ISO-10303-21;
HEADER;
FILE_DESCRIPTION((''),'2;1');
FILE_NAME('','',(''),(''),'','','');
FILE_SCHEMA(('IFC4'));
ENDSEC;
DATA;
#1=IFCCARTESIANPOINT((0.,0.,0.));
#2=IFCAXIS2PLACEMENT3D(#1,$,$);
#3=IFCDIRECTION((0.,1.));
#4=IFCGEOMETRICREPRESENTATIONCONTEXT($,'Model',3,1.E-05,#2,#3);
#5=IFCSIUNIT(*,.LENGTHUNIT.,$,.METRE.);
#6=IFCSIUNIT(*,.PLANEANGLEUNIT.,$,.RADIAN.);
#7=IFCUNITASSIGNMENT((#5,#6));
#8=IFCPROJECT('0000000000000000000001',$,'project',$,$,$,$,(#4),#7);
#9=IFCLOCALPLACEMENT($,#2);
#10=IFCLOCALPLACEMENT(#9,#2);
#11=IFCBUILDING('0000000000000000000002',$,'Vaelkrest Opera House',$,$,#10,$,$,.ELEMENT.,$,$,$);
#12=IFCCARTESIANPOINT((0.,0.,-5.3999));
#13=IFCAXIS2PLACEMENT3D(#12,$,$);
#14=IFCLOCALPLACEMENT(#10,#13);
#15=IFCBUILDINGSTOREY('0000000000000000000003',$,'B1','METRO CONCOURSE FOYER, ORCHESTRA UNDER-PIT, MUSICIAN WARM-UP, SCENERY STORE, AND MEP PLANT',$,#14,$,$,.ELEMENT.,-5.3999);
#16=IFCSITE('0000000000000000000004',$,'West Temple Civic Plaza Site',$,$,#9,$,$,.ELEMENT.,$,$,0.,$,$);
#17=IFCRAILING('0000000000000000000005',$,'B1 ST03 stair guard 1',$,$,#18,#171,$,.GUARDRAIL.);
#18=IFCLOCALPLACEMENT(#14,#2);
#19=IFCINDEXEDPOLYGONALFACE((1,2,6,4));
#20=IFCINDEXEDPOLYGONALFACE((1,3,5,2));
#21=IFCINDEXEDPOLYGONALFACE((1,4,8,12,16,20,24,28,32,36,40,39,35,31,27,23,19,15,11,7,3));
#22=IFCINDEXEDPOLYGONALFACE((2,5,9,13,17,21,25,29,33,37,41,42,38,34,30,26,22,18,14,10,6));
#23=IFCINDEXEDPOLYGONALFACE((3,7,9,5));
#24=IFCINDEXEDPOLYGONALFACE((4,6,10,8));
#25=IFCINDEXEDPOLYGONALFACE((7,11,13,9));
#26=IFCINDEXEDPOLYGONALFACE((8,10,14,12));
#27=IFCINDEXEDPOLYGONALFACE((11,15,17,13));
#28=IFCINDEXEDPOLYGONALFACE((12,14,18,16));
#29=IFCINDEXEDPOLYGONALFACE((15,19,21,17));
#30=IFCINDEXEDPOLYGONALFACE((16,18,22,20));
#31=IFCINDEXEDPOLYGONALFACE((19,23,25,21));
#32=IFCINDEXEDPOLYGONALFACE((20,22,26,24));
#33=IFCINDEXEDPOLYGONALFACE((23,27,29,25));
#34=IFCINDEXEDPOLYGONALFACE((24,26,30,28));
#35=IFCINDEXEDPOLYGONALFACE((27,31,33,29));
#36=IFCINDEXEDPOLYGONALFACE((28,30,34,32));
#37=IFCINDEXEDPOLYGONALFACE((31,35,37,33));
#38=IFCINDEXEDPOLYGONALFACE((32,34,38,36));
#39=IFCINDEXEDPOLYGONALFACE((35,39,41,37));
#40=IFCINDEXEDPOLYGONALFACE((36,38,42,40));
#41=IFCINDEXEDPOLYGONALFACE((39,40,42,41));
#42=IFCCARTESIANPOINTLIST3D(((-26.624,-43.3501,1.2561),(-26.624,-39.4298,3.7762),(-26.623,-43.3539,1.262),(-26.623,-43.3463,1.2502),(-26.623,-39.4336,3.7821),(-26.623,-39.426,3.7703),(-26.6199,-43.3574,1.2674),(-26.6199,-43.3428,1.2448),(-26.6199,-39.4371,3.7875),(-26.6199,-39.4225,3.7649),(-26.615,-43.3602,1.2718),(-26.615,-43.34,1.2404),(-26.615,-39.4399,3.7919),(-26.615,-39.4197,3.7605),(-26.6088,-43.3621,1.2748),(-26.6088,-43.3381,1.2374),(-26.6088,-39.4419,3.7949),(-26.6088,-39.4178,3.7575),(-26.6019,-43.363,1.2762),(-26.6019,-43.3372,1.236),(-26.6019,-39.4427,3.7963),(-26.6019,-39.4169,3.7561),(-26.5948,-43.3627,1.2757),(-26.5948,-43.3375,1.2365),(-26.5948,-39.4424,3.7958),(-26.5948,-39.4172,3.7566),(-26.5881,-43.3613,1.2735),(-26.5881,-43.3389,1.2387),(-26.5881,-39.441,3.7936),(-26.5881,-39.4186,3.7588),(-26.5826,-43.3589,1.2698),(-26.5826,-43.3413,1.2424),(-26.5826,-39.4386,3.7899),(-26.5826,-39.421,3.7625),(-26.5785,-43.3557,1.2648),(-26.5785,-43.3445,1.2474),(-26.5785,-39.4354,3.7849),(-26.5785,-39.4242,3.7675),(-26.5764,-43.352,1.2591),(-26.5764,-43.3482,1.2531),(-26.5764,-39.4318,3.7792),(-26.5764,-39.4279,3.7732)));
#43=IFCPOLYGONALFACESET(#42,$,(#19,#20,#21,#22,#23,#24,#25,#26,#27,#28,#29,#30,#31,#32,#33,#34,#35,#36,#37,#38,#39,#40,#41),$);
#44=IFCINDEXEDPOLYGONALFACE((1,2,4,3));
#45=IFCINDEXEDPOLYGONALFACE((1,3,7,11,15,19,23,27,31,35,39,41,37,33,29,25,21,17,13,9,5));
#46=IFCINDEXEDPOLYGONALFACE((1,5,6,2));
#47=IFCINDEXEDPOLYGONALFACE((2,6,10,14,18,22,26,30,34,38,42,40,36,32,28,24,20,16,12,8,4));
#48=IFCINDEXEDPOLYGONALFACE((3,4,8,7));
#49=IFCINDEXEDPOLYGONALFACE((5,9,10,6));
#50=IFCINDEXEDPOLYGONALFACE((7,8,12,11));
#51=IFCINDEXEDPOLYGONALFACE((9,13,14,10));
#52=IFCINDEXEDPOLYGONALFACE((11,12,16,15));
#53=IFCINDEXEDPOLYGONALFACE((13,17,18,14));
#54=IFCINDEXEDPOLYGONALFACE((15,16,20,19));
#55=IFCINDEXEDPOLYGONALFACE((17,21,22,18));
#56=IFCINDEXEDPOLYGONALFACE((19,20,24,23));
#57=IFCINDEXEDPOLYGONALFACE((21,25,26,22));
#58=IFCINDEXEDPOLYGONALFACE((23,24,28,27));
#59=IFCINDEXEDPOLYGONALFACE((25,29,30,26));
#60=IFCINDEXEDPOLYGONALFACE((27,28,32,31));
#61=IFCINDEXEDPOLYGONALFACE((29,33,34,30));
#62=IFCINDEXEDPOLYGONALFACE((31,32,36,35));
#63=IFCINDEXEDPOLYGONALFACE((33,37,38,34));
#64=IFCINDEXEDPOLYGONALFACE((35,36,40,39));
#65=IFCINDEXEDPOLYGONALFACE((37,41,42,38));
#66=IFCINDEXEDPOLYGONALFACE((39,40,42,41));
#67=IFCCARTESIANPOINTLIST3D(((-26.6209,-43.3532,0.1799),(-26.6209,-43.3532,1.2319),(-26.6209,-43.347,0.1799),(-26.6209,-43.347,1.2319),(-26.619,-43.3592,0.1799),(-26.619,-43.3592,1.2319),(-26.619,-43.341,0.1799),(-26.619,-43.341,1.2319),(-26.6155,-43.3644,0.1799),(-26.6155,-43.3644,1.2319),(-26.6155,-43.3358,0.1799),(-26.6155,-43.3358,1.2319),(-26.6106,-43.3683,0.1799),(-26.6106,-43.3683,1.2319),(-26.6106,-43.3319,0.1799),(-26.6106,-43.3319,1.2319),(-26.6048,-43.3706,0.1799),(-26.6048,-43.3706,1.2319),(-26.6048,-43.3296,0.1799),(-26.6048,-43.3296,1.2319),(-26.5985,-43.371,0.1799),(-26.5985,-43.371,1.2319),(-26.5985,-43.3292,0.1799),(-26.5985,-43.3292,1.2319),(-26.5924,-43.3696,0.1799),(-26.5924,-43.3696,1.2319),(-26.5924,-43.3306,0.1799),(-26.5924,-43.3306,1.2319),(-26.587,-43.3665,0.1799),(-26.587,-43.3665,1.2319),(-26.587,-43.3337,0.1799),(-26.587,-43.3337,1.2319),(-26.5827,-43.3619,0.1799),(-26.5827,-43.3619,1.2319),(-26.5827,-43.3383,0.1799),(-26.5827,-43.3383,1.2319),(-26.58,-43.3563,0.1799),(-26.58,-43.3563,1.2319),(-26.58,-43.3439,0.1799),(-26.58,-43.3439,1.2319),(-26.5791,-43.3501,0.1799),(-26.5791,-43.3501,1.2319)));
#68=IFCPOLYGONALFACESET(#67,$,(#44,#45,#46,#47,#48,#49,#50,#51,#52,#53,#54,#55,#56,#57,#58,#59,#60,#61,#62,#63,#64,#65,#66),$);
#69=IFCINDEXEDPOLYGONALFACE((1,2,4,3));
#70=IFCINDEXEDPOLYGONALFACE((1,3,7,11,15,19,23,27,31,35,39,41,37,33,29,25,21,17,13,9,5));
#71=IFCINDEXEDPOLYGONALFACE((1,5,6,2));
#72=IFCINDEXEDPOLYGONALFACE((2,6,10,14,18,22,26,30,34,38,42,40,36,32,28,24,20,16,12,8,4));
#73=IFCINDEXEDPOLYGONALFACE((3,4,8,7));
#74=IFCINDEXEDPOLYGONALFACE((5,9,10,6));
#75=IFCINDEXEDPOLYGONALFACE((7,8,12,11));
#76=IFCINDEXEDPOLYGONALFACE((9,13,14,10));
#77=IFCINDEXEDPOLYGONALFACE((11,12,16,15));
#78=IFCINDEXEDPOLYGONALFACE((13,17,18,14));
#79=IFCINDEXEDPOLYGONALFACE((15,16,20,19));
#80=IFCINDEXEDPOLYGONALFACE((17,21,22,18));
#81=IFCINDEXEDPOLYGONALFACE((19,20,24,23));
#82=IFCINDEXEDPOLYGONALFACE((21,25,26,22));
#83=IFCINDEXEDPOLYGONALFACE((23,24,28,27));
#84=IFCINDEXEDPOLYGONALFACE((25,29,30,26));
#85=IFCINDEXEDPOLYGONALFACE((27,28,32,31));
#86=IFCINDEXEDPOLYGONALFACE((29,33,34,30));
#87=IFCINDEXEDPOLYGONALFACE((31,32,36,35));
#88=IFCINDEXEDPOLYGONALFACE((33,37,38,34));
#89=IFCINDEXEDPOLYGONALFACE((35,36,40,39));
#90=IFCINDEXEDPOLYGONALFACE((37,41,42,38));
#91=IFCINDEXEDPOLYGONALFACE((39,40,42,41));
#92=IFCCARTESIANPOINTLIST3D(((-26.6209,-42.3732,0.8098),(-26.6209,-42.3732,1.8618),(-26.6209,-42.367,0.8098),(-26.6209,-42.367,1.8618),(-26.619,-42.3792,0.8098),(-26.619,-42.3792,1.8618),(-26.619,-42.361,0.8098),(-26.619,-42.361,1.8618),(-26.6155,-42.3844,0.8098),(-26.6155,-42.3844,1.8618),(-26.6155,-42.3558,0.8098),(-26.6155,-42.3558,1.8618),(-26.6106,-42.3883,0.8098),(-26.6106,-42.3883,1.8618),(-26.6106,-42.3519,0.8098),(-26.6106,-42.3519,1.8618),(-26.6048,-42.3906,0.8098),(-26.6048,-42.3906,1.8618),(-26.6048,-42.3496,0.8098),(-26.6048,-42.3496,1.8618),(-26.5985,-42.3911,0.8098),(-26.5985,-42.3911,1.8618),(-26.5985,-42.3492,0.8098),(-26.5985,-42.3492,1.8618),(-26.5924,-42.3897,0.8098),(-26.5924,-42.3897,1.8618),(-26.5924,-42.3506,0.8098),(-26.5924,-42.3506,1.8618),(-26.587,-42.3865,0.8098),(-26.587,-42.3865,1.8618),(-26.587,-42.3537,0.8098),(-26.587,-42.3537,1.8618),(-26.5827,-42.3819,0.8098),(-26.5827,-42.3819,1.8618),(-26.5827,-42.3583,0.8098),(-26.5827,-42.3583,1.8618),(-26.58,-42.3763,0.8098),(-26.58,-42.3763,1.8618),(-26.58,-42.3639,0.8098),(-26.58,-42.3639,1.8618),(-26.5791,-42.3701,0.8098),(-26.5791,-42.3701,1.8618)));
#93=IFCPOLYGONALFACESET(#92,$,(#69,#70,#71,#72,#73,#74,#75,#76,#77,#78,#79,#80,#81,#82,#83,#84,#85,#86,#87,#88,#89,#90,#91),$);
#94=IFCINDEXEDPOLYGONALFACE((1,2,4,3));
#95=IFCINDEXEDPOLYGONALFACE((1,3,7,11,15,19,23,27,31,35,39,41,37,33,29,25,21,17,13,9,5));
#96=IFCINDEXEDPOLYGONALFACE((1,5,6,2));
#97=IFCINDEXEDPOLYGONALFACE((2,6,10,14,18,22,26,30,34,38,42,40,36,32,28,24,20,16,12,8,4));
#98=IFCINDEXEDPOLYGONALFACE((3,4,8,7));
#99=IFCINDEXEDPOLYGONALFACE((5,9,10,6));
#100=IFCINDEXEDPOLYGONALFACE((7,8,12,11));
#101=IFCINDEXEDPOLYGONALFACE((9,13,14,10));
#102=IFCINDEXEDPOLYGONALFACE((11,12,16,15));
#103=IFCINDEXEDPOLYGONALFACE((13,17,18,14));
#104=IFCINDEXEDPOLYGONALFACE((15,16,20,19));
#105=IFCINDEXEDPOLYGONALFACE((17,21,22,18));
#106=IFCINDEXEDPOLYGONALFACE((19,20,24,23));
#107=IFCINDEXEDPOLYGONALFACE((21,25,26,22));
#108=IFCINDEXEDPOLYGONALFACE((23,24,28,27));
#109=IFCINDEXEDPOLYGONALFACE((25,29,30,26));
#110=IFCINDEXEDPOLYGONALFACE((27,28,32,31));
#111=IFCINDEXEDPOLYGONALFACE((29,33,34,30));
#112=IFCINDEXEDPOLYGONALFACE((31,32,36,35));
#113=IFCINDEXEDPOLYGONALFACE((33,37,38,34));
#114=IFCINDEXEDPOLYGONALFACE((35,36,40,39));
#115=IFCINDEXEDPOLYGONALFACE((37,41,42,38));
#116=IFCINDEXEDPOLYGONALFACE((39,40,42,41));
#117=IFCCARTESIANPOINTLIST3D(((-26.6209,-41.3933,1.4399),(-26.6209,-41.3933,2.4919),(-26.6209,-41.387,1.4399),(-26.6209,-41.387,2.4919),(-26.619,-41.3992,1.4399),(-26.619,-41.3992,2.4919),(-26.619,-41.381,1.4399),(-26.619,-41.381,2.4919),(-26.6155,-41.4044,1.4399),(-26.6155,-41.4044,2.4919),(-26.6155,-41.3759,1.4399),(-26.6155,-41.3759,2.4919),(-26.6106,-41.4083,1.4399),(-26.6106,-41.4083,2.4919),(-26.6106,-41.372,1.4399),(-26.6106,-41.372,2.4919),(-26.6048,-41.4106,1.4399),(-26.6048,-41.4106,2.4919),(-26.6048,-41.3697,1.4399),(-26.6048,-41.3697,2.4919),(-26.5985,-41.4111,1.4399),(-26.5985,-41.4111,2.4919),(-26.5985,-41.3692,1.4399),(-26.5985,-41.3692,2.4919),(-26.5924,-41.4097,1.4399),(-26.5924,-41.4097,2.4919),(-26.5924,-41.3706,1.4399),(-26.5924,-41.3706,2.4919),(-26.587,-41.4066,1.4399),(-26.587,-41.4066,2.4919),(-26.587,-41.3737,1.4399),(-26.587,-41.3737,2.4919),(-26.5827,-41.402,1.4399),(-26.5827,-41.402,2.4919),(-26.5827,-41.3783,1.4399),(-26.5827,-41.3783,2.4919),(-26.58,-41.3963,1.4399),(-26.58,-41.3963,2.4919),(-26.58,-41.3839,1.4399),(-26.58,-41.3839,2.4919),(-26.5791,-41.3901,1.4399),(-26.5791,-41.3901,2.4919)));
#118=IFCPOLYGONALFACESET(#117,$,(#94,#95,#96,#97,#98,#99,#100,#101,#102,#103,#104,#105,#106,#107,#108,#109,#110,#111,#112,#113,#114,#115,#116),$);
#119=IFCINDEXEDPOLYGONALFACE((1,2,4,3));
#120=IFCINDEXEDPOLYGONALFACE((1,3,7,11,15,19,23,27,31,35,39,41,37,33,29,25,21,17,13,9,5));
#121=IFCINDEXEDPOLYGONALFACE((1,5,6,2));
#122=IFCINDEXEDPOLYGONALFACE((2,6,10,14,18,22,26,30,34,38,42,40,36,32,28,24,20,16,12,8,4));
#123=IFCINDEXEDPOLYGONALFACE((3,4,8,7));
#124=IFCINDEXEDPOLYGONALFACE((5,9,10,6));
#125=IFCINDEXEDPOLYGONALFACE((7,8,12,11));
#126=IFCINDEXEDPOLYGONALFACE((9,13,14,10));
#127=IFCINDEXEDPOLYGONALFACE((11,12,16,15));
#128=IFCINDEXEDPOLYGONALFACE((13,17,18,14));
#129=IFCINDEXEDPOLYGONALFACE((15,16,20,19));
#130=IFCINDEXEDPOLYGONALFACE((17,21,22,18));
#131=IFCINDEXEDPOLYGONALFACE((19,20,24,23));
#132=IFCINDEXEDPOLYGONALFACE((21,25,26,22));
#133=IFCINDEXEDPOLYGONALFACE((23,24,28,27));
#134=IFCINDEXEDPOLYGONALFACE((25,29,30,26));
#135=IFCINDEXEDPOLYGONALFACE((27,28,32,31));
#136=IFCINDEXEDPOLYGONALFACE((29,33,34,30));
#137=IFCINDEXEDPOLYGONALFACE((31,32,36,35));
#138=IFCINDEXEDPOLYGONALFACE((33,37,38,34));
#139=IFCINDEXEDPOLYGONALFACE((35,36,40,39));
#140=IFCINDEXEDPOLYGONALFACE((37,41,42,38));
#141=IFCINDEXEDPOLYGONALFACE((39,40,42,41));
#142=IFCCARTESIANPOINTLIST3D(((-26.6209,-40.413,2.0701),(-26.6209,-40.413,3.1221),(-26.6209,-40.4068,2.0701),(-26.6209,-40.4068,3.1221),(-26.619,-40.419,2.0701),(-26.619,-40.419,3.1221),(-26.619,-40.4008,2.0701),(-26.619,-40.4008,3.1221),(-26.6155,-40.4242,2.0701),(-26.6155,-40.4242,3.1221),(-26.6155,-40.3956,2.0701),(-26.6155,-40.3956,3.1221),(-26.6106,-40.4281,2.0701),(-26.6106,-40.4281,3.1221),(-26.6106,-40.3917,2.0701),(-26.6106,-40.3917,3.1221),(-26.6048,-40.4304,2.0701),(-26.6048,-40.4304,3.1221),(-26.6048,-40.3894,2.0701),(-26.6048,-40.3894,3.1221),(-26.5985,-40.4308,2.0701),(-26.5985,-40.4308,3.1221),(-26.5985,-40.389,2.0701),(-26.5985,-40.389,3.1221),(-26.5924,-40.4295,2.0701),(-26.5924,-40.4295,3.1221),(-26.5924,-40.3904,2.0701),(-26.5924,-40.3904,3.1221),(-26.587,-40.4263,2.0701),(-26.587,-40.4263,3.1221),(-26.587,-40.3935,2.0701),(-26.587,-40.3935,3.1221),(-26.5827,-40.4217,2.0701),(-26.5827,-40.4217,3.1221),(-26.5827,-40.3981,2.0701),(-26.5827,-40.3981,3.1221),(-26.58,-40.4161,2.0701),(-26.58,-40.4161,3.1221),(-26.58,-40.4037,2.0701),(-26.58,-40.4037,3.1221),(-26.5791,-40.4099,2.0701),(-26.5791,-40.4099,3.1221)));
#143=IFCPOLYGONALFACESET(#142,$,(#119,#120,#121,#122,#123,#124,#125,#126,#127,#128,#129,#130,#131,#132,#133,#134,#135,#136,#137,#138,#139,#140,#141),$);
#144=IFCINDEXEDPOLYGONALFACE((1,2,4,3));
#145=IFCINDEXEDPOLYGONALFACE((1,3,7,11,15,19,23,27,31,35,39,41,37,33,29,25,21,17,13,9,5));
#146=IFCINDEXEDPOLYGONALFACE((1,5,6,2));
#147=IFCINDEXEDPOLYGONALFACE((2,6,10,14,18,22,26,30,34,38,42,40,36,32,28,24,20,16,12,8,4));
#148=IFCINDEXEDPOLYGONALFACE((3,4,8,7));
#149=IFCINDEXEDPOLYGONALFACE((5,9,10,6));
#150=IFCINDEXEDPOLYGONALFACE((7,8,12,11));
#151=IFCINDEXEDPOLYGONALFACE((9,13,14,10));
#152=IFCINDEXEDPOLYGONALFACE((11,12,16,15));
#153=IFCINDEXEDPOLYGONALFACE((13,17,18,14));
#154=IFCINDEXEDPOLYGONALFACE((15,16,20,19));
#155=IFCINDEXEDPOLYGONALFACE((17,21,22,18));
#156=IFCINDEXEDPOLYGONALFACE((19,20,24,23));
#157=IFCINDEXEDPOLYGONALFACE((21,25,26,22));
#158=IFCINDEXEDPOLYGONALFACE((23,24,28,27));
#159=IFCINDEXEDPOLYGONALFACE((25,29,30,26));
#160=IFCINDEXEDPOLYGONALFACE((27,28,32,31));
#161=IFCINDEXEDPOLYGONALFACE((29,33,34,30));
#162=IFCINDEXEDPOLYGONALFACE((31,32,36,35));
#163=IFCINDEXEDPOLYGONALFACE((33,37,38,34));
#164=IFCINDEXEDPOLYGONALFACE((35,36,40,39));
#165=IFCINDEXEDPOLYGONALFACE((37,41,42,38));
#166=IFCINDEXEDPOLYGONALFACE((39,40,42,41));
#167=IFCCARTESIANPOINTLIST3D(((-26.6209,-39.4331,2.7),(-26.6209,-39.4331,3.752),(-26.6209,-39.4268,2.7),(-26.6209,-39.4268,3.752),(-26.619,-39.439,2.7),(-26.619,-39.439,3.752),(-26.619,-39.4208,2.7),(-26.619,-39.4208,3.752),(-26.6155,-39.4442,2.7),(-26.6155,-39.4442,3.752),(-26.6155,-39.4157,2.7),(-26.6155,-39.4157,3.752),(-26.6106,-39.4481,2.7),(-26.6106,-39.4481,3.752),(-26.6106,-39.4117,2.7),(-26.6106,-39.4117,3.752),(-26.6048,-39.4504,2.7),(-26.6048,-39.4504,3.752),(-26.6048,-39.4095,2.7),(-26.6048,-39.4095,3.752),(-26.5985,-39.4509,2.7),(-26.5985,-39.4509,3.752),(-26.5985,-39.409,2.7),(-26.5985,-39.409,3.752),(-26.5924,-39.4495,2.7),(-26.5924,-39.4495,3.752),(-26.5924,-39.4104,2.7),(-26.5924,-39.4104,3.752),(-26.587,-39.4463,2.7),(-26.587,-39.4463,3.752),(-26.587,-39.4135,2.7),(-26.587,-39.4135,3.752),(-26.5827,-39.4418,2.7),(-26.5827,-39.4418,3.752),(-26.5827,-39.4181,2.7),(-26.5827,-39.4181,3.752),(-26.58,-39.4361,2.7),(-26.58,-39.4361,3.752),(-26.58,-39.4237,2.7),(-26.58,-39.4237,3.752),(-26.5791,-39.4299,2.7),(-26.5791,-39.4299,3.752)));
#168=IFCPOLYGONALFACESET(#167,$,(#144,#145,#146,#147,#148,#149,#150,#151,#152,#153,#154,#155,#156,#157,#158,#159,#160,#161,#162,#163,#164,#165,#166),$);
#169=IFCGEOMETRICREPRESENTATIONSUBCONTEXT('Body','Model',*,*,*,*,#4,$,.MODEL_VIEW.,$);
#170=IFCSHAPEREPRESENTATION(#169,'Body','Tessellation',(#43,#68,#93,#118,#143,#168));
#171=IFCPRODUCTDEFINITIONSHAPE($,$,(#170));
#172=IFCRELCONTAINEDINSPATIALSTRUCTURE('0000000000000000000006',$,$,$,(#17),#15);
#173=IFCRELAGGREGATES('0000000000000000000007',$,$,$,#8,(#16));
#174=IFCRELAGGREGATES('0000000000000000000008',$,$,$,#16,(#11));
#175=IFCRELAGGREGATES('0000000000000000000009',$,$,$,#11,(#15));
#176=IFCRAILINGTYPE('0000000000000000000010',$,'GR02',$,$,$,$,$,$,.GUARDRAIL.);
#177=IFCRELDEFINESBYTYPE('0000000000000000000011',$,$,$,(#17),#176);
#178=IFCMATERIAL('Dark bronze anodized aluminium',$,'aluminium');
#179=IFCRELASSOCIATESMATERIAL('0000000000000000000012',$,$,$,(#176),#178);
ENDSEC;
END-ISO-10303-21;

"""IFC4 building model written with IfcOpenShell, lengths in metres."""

from ifc_helpers import new_model, si_unit, direction, frame, origin, origin_2d, place, context, subcontext, project, spatial, circle, extrude, material, type_object, element, save


model = new_model("IFC4")

# Units and contexts
model_context = context("Model", 3, precision=1e-05, world=origin(), true_north=direction((0.0, 1.0)))
body_context = subcontext(model_context, "Body", "Model", "MODEL_VIEW")
ifc_project = project(units=[si_unit("LENGTHUNIT", "METRE"), si_unit("PLANEANGLEUNIT", "RADIAN")], contexts=[model_context])

# Site, building, storey
site_placement = place(None, origin())
site = spatial("IfcSite", under=ifc_project, at=site_placement, Name="West Temple Civic Plaza Site", CompositionType="ELEMENT", RefElevation=0.0)
building_placement = place(site_placement, origin())
building = spatial("IfcBuilding", under=site, at=building_placement, Name="Vaelkrest Opera House", CompositionType="ELEMENT")
storey_placement = place(building_placement, frame((0.0, 0.0, -5.3999)))
storey = spatial("IfcBuildingStorey", under=building, at=storey_placement, Name="B1", Description="METRO CONCOURSE FOYER, ORCHESTRA UNDER-PIT, MUSICIAN WARM-UP, SCENERY STORE, AND MEP PLANT", CompositionType="ELEMENT", Elevation=-5.3999)

# Shared definitions
ifc_material_1 = material(Name="Dark bronze anodized aluminium", Category="aluminium")

# Railing
railing_type_1 = type_object("IfcRailingType", Name="GR02", PredefinedType="GUARDRAIL", material=ifc_material_1)
railing_1_placement = place(storey_placement, frame((-26.6001, -43.3501, 0.1799)))
element("IfcRailing", 1, at=railing_1_placement, inside=storey, type_object=railing_type_1, Name="B1 ST03 stair guard 1", PredefinedType="GUARDRAIL", context=body_context, shape_type="SweptSolid", body=[
    extrude(circle(Radius=0.0239, at=origin_2d()), frame((0.0, 0.0, 1.0762), z_axis=(0.0, 0.841187, 0.540744), x_axis=(-1.0, 0.0, 0.0)), (0.0, 0.0, 1.0), 4.6604),
    extrude(circle(Radius=0.021, at=origin_2d()), origin(), (0.0, 0.0, 1.0), 1.052),
    extrude(circle(Radius=0.021, at=origin_2d()), frame((0.0, 0.98, 0.6299)), (0.0, 0.0, 1.0), 1.052),
    extrude(circle(Radius=0.021, at=origin_2d()), frame((0.0, 1.96, 1.26)), (0.0, 0.0, 1.0), 1.052),
    extrude(circle(Radius=0.021, at=origin_2d()), frame((0.0, 2.9402, 1.8901)), (0.0, 0.0, 1.0), 1.052),
    extrude(circle(Radius=0.021, at=origin_2d()), frame((0.0, 3.9202, 2.52)), (0.0, 0.0, 1.0), 1.052),
])

save(model, "model.ifc")
